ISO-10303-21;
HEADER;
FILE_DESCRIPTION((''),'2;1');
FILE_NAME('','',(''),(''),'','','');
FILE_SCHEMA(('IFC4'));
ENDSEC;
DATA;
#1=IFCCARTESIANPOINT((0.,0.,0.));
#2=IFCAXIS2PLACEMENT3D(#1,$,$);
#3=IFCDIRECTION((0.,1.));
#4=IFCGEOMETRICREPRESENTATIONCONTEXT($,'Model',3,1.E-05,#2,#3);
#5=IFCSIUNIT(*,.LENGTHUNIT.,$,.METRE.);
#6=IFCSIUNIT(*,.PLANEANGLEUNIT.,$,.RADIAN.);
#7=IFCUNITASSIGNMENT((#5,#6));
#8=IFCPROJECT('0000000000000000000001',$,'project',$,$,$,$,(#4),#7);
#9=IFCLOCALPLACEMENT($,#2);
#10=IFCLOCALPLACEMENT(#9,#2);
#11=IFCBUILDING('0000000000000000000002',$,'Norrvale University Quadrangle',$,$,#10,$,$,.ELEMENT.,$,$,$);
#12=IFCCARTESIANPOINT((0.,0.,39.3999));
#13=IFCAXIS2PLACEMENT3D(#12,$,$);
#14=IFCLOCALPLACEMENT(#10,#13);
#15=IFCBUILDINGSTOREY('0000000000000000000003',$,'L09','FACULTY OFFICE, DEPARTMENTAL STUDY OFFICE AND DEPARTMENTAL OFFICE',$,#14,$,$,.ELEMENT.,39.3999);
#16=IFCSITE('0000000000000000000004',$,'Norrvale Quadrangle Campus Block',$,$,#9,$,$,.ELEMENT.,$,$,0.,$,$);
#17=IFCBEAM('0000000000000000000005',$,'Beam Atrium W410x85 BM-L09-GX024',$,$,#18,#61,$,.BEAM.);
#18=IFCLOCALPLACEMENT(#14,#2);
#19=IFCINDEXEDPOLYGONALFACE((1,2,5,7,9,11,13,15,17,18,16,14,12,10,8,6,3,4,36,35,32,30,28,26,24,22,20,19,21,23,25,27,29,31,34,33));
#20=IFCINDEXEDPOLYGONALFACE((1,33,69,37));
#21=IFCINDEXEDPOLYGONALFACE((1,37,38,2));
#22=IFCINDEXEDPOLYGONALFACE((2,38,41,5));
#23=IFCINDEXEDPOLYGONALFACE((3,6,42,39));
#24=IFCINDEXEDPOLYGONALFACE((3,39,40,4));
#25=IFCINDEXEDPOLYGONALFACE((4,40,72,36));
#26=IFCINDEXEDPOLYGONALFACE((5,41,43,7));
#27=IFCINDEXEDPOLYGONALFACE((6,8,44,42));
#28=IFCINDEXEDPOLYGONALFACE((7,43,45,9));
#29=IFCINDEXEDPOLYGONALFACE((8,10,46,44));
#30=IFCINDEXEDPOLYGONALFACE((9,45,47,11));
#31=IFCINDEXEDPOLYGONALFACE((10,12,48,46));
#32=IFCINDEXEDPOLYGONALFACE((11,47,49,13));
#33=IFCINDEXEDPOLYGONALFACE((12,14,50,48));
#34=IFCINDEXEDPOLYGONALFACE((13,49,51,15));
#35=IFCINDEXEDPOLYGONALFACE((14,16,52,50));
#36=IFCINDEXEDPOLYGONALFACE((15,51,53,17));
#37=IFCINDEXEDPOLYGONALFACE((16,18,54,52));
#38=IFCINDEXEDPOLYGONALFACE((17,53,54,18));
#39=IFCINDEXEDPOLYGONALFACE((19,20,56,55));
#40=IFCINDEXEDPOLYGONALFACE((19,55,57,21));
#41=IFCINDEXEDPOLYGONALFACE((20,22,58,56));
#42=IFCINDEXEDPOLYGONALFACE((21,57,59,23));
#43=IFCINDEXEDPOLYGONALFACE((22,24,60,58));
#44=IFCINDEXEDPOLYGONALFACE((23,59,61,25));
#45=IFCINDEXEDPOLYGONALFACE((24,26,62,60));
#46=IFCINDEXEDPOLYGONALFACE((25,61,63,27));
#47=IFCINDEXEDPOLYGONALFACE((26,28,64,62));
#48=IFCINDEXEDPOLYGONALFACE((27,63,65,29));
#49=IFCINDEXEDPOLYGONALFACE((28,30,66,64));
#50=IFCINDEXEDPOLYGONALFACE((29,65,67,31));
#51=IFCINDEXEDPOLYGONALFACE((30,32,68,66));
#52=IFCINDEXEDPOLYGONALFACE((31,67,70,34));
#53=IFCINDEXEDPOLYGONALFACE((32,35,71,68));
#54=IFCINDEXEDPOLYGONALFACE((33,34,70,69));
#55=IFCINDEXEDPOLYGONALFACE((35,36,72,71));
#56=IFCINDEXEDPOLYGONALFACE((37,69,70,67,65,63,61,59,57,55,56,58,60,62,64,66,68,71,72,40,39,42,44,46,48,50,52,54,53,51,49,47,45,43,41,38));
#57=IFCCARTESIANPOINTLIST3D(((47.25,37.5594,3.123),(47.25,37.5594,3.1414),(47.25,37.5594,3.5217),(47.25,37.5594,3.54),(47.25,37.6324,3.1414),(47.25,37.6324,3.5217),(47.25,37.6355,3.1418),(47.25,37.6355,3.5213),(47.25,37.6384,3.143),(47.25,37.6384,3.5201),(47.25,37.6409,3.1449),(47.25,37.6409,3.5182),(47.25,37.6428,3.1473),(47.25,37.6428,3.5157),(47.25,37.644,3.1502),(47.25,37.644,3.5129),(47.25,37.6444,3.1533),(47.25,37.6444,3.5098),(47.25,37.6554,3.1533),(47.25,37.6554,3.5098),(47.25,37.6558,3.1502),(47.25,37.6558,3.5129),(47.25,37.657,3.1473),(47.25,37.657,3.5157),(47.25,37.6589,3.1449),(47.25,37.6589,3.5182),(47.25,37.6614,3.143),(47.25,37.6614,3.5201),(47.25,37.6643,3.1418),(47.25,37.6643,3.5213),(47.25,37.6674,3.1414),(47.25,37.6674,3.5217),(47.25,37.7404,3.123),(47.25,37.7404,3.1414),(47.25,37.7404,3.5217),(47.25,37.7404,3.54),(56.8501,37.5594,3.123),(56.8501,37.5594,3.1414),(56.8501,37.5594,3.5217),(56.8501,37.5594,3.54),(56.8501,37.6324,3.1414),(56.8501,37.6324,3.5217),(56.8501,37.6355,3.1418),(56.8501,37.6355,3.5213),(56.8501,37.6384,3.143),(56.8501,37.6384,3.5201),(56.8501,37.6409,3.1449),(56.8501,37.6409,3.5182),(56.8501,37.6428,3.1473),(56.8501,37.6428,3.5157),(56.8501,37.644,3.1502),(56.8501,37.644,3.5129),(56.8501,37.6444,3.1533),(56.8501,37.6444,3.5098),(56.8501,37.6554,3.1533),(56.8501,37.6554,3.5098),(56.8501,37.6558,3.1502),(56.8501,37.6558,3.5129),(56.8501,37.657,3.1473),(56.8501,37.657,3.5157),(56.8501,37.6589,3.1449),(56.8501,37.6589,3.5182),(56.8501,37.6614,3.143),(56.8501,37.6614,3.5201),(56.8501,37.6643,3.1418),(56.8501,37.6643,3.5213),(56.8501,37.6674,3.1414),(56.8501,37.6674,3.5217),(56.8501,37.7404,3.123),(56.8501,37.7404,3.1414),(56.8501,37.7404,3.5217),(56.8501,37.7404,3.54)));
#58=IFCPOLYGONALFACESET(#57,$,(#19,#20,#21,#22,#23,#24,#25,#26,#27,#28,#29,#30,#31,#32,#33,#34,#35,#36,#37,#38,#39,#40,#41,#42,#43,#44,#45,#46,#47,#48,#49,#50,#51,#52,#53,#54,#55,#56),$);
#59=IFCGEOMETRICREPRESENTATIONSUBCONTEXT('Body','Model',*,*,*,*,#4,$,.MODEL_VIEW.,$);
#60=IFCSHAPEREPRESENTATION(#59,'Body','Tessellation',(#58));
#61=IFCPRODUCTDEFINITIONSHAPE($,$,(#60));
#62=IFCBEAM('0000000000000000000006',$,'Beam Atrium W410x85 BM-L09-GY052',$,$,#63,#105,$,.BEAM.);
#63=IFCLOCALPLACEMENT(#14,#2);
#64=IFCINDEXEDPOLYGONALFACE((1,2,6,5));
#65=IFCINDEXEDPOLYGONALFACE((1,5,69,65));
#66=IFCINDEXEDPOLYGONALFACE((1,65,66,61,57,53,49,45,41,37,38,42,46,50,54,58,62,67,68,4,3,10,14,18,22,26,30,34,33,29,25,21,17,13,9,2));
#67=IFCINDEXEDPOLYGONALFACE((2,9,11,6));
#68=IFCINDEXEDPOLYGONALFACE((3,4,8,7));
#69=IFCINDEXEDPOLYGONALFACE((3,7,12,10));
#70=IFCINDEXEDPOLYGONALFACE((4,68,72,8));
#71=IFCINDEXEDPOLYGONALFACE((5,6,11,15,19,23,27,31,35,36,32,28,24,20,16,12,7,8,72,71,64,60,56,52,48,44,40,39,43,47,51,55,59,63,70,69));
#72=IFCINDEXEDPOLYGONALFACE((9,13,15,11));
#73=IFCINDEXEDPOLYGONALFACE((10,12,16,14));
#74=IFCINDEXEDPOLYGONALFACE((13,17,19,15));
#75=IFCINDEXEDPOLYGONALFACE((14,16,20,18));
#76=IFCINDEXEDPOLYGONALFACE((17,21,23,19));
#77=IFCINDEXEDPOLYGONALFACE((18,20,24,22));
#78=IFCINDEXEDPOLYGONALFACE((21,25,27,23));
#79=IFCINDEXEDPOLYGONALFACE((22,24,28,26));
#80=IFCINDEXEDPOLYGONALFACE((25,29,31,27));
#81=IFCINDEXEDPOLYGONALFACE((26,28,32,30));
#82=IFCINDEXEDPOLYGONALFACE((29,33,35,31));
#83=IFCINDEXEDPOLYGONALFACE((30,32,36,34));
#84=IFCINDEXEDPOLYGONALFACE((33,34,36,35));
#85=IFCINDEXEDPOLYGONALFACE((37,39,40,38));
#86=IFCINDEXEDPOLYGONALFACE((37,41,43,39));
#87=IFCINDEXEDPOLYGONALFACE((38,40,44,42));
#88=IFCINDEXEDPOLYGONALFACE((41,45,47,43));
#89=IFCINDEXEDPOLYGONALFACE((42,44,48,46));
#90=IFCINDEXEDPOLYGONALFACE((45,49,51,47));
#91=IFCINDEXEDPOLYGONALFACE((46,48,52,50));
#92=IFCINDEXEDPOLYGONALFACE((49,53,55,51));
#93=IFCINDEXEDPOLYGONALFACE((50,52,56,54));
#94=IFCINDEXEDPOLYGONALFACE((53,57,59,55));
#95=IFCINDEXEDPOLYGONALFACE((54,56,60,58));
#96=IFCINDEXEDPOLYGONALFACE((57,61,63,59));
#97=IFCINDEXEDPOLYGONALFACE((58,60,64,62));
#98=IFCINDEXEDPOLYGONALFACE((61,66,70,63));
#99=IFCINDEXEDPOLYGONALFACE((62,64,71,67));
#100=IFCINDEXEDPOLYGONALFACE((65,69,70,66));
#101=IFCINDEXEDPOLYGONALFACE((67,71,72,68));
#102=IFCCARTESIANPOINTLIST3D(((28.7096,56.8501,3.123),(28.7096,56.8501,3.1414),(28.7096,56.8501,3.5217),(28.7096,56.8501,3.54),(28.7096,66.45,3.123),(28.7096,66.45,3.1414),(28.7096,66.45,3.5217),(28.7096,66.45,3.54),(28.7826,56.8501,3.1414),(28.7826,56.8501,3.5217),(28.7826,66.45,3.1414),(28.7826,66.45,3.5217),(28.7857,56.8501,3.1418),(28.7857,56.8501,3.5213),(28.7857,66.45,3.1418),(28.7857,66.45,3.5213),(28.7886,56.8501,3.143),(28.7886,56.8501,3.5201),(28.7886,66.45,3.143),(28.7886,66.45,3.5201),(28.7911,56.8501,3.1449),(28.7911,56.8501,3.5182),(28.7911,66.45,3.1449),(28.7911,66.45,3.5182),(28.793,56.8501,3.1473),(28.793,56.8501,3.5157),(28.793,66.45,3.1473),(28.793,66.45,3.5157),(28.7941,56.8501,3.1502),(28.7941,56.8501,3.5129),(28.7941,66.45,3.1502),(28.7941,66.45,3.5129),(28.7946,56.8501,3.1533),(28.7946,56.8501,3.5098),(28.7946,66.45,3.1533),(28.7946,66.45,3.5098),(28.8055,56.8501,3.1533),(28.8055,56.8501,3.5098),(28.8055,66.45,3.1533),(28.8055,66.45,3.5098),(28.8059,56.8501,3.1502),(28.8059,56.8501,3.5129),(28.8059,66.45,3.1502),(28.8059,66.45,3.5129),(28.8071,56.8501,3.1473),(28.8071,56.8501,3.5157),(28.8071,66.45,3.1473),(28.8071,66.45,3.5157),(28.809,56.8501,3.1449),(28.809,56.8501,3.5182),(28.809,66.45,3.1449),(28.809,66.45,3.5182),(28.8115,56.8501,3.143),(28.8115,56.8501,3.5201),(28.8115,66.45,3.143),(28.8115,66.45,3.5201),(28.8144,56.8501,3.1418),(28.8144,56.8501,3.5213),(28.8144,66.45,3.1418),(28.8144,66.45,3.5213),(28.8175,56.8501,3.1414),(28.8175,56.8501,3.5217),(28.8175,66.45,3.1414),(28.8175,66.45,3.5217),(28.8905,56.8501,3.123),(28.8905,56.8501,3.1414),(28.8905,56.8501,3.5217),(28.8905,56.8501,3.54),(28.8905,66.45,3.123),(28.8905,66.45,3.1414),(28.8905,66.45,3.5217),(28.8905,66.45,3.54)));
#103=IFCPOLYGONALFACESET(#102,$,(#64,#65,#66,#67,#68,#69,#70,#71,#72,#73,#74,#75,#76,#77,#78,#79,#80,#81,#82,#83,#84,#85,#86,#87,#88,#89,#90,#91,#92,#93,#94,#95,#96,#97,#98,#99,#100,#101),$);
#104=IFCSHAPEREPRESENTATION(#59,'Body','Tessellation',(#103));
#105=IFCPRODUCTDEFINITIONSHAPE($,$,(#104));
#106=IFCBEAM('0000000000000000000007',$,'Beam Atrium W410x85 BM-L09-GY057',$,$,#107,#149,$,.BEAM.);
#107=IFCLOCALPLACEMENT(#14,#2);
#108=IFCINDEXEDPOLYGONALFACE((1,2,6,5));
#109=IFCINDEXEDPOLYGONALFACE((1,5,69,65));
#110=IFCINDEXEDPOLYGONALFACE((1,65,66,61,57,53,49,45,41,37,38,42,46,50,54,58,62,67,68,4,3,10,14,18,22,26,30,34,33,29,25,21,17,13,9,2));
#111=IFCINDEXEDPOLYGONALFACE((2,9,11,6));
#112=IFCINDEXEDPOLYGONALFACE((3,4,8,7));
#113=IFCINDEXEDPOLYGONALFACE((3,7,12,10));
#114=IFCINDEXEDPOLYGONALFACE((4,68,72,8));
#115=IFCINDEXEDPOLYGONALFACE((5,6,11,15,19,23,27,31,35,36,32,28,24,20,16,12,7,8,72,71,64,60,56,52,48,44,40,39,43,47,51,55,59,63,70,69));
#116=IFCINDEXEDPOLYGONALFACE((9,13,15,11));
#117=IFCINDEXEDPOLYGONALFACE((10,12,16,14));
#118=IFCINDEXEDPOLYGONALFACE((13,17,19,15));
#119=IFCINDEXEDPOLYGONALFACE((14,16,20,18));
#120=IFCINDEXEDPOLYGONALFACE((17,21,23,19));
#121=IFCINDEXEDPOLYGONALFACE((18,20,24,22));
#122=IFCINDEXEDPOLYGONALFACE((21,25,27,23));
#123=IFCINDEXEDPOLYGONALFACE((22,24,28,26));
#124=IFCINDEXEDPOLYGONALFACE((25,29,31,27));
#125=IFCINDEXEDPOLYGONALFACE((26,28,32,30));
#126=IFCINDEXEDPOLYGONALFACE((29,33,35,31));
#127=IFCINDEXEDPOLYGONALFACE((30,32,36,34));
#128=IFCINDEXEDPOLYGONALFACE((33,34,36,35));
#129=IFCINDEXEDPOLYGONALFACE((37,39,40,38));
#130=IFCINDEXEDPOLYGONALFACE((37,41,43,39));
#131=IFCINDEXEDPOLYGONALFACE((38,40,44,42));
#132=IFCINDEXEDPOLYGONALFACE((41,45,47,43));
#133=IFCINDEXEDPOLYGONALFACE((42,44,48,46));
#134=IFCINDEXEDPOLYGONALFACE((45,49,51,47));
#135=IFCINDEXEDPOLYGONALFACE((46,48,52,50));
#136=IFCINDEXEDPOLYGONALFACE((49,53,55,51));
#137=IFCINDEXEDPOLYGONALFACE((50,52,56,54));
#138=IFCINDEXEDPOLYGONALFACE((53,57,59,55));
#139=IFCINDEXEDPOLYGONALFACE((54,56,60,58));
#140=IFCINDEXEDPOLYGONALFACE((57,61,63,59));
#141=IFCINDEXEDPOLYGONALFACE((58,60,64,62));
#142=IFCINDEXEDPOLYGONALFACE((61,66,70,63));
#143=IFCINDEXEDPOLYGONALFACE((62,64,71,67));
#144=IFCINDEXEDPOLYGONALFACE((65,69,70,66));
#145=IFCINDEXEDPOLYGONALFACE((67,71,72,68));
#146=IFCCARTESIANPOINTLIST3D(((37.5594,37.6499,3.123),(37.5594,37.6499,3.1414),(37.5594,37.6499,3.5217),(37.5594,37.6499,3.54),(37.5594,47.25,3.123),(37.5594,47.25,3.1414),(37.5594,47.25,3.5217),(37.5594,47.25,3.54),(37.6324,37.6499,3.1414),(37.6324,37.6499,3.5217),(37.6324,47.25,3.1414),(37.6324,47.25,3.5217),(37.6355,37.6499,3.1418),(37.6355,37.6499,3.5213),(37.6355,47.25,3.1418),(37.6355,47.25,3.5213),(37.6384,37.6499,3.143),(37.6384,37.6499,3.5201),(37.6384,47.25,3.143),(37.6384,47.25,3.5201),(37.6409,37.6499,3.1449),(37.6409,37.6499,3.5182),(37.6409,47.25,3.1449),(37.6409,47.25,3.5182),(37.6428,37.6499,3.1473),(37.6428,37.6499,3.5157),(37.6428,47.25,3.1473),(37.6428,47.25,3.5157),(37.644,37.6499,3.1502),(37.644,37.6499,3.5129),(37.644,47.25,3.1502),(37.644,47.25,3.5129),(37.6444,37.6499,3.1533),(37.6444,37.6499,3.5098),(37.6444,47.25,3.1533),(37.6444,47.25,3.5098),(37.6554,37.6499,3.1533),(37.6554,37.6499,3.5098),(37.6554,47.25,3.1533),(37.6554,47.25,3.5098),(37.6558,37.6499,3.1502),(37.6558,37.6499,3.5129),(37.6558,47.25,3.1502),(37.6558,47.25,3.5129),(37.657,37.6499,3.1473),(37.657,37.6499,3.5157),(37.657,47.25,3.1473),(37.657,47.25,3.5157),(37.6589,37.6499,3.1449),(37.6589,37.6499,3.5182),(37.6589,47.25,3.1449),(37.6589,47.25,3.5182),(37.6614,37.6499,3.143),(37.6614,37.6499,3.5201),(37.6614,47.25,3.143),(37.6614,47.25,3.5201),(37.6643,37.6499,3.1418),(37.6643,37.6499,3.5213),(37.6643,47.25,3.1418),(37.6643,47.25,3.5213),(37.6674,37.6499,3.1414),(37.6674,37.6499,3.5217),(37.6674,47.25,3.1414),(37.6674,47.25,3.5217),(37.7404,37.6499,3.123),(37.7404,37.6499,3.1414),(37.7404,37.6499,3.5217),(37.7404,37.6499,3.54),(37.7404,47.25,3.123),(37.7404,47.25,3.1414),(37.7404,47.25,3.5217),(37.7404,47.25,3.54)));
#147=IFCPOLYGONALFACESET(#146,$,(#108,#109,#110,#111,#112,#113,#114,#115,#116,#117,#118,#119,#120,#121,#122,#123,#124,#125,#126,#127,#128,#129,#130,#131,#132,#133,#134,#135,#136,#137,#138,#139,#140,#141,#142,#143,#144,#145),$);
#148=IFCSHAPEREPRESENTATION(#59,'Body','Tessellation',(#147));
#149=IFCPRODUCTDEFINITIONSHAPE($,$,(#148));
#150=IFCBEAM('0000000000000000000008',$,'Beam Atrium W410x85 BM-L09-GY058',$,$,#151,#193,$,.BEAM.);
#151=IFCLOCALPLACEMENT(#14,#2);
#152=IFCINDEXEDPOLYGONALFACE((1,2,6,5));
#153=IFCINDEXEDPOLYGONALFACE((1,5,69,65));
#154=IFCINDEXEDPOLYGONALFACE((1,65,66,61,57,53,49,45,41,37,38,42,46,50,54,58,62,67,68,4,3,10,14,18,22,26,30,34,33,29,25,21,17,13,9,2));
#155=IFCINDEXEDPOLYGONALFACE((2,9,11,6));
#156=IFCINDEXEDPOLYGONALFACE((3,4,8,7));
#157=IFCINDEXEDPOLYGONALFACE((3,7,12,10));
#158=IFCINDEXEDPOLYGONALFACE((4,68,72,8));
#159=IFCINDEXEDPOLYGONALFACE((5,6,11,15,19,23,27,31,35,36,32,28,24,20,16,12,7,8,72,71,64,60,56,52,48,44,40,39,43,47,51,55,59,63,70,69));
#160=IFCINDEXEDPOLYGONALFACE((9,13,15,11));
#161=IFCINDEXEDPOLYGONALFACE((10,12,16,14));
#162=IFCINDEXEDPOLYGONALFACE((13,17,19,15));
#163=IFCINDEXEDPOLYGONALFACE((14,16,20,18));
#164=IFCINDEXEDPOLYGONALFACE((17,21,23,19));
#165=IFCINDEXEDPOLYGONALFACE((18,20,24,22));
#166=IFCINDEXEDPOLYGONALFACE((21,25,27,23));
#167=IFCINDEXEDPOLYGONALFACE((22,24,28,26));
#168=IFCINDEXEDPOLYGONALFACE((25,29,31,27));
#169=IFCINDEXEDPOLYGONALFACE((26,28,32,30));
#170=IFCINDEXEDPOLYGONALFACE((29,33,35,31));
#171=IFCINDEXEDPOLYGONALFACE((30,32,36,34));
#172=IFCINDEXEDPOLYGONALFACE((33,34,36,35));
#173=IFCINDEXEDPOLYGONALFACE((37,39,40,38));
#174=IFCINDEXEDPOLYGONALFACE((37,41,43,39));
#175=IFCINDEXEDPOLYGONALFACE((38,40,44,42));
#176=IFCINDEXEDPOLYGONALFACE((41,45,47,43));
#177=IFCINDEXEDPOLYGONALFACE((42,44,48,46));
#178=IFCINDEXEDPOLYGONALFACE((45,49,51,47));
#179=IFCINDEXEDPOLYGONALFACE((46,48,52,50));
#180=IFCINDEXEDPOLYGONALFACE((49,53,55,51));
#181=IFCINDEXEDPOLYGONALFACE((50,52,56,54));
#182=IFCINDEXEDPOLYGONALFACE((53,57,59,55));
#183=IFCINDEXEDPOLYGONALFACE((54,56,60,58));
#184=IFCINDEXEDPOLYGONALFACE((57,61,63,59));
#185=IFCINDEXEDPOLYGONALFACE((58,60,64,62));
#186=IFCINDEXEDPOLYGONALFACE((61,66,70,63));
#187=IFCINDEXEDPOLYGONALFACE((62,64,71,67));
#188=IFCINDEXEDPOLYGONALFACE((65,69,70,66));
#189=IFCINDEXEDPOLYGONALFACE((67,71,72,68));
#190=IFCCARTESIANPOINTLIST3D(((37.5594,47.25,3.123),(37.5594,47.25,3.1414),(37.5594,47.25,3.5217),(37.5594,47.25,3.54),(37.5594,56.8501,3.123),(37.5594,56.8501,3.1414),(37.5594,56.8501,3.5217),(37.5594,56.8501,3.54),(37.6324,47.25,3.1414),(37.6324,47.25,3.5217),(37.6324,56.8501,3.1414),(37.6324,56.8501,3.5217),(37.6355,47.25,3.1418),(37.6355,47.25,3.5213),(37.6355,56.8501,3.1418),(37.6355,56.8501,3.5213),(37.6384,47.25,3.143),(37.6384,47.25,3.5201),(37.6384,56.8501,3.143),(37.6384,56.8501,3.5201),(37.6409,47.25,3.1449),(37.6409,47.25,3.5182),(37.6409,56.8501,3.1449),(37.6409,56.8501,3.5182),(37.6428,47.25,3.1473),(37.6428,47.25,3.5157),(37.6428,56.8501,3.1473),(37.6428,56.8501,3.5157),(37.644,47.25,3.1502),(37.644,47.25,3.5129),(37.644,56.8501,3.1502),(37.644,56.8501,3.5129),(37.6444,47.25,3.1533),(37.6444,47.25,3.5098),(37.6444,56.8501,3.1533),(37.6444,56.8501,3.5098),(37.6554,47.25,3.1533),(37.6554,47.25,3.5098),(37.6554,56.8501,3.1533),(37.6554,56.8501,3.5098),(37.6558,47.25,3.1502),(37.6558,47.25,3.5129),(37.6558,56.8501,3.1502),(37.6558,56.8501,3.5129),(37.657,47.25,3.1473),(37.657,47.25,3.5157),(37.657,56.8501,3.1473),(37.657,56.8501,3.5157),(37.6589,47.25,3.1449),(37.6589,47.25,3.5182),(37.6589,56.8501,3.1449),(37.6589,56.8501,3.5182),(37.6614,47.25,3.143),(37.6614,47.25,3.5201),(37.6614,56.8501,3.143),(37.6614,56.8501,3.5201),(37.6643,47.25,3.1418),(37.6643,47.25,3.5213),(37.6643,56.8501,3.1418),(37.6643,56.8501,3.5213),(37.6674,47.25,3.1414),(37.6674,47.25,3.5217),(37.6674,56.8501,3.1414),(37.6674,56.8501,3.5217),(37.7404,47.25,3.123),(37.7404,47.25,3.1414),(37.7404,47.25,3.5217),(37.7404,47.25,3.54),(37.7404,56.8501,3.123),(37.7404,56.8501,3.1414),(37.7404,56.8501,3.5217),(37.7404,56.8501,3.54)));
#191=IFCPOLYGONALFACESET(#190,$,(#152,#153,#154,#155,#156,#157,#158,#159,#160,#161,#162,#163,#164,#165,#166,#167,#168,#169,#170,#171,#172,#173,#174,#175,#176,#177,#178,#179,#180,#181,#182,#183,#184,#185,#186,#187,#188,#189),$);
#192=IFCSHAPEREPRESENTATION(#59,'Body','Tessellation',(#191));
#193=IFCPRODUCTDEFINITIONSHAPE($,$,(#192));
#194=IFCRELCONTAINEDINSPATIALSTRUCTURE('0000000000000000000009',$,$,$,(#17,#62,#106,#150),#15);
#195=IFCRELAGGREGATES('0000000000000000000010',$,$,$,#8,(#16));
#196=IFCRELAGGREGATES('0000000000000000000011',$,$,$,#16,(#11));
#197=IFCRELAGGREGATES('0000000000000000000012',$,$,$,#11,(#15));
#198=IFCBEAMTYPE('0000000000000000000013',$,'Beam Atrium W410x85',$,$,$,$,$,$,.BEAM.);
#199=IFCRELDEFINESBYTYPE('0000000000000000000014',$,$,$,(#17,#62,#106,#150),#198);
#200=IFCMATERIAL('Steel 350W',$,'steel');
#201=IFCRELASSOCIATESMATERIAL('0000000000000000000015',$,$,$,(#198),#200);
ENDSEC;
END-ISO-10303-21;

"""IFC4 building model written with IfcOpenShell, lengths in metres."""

from ifc_helpers import new_model, si_unit, direction, frame, origin, origin_2d, place, context, subcontext, project, spatial, i_section, extrude, material, material_profile, profile_set, type_object, element, save


model = new_model("IFC4")

# Units and contexts
model_context = context("Model", 3, precision=1e-05, world=origin(), true_north=direction((0.0, 1.0)))
body_context = subcontext(model_context, "Body", "Model", "MODEL_VIEW")
ifc_project = project(units=[si_unit("LENGTHUNIT", "METRE"), si_unit("PLANEANGLEUNIT", "RADIAN")], contexts=[model_context])

# Site, building, storey
site_placement = place(None, origin())
site = spatial("IfcSite", under=ifc_project, at=site_placement, Name="Norrvale Quadrangle Campus Block", CompositionType="ELEMENT", RefElevation=0.0)
building_placement = place(site_placement, origin())
building = spatial("IfcBuilding", under=site, at=building_placement, Name="Norrvale University Quadrangle", CompositionType="ELEMENT")
storey_placement = place(building_placement, frame((0.0, 0.0, 39.3999)))
storey = spatial("IfcBuildingStorey", under=building, at=storey_placement, Name="L09", Description="FACULTY OFFICE, DEPARTMENTAL STUDY OFFICE AND DEPARTMENTAL OFFICE", CompositionType="ELEMENT", Elevation=39.3999)

# Beams
ifc_material_1 = material(Name="Steel 350W", Category="steel")
ifc_material_profile_1 = material_profile(ifc_material_1, i_section(OverallWidth=0.1809, OverallDepth=0.417, WebThickness=0.011, FlangeThickness=0.0183, FilletRadius=0.012, at=origin_2d()), Name="Steel 350W")
ifc_profile_set_1 = profile_set([ifc_material_profile_1], Name="Steel 350W")
beam_type_1 = type_object("IfcBeamType", Name="Beam Atrium W410x85", PredefinedType="BEAM", material=ifc_profile_set_1)
for number, where, z_axis, x_axis, name in (
    (1, (47.25, 37.6499, 3.3315), (1.0, 0.0, 0.0), (0.0, 1.0, 0.0), "Beam Atrium W410x85 BM-L09-GX024"),
):
    element("IfcBeam", number, at=place(storey_placement, frame(where, z_axis=z_axis, x_axis=x_axis)), inside=storey, type_object=beam_type_1, Name=name, PredefinedType="BEAM", context=body_context, shape_type="SweptSolid", body=[
        extrude(i_section(OverallWidth=0.1809, OverallDepth=0.417, WebThickness=0.011, FlangeThickness=0.0183, FilletRadius=0.012, at=origin_2d()), origin(), (0.0, 0.0, 1.0), 9.6001),
    ])
beam_placement = place(storey_placement, frame((28.8, 56.8501, 3.3315), z_axis=(0.0, 1.0, 0.0), x_axis=(-1.0, 0.0, 0.0)))
element("IfcBeam", 2, at=beam_placement, inside=storey, type_object=beam_type_1, Name="Beam Atrium W410x85 BM-L09-GY052", PredefinedType="BEAM", context=body_context, shape_type="SweptSolid", body=[
    extrude(i_section(OverallWidth=0.1809, OverallDepth=0.417, WebThickness=0.011, FlangeThickness=0.0183, FilletRadius=0.012, at=origin_2d()), origin(), (0.0, 0.0, 1.0), 9.5999),
])
for number, where, z_axis, x_axis, name in (
    (3, (37.6499, 37.6499, 3.3315), (0.0, 1.0, 0.0), (-1.0, 0.0, 0.0), "Beam Atrium W410x85 BM-L09-GY057"),
    (4, (37.6499, 47.25, 3.3315), (0.0, 1.0, 0.0), (-1.0, 0.0, 0.0), "Beam Atrium W410x85 BM-L09-GY058"),
):
    element("IfcBeam", number, at=place(storey_placement, frame(where, z_axis=z_axis, x_axis=x_axis)), inside=storey, type_object=beam_type_1, Name=name, PredefinedType="BEAM", context=body_context, shape_type="SweptSolid", body=[
        extrude(i_section(OverallWidth=0.1809, OverallDepth=0.417, WebThickness=0.011, FlangeThickness=0.0183, FilletRadius=0.012, at=origin_2d()), origin(), (0.0, 0.0, 1.0), 9.6001),
    ])

save(model, "model.ifc")
